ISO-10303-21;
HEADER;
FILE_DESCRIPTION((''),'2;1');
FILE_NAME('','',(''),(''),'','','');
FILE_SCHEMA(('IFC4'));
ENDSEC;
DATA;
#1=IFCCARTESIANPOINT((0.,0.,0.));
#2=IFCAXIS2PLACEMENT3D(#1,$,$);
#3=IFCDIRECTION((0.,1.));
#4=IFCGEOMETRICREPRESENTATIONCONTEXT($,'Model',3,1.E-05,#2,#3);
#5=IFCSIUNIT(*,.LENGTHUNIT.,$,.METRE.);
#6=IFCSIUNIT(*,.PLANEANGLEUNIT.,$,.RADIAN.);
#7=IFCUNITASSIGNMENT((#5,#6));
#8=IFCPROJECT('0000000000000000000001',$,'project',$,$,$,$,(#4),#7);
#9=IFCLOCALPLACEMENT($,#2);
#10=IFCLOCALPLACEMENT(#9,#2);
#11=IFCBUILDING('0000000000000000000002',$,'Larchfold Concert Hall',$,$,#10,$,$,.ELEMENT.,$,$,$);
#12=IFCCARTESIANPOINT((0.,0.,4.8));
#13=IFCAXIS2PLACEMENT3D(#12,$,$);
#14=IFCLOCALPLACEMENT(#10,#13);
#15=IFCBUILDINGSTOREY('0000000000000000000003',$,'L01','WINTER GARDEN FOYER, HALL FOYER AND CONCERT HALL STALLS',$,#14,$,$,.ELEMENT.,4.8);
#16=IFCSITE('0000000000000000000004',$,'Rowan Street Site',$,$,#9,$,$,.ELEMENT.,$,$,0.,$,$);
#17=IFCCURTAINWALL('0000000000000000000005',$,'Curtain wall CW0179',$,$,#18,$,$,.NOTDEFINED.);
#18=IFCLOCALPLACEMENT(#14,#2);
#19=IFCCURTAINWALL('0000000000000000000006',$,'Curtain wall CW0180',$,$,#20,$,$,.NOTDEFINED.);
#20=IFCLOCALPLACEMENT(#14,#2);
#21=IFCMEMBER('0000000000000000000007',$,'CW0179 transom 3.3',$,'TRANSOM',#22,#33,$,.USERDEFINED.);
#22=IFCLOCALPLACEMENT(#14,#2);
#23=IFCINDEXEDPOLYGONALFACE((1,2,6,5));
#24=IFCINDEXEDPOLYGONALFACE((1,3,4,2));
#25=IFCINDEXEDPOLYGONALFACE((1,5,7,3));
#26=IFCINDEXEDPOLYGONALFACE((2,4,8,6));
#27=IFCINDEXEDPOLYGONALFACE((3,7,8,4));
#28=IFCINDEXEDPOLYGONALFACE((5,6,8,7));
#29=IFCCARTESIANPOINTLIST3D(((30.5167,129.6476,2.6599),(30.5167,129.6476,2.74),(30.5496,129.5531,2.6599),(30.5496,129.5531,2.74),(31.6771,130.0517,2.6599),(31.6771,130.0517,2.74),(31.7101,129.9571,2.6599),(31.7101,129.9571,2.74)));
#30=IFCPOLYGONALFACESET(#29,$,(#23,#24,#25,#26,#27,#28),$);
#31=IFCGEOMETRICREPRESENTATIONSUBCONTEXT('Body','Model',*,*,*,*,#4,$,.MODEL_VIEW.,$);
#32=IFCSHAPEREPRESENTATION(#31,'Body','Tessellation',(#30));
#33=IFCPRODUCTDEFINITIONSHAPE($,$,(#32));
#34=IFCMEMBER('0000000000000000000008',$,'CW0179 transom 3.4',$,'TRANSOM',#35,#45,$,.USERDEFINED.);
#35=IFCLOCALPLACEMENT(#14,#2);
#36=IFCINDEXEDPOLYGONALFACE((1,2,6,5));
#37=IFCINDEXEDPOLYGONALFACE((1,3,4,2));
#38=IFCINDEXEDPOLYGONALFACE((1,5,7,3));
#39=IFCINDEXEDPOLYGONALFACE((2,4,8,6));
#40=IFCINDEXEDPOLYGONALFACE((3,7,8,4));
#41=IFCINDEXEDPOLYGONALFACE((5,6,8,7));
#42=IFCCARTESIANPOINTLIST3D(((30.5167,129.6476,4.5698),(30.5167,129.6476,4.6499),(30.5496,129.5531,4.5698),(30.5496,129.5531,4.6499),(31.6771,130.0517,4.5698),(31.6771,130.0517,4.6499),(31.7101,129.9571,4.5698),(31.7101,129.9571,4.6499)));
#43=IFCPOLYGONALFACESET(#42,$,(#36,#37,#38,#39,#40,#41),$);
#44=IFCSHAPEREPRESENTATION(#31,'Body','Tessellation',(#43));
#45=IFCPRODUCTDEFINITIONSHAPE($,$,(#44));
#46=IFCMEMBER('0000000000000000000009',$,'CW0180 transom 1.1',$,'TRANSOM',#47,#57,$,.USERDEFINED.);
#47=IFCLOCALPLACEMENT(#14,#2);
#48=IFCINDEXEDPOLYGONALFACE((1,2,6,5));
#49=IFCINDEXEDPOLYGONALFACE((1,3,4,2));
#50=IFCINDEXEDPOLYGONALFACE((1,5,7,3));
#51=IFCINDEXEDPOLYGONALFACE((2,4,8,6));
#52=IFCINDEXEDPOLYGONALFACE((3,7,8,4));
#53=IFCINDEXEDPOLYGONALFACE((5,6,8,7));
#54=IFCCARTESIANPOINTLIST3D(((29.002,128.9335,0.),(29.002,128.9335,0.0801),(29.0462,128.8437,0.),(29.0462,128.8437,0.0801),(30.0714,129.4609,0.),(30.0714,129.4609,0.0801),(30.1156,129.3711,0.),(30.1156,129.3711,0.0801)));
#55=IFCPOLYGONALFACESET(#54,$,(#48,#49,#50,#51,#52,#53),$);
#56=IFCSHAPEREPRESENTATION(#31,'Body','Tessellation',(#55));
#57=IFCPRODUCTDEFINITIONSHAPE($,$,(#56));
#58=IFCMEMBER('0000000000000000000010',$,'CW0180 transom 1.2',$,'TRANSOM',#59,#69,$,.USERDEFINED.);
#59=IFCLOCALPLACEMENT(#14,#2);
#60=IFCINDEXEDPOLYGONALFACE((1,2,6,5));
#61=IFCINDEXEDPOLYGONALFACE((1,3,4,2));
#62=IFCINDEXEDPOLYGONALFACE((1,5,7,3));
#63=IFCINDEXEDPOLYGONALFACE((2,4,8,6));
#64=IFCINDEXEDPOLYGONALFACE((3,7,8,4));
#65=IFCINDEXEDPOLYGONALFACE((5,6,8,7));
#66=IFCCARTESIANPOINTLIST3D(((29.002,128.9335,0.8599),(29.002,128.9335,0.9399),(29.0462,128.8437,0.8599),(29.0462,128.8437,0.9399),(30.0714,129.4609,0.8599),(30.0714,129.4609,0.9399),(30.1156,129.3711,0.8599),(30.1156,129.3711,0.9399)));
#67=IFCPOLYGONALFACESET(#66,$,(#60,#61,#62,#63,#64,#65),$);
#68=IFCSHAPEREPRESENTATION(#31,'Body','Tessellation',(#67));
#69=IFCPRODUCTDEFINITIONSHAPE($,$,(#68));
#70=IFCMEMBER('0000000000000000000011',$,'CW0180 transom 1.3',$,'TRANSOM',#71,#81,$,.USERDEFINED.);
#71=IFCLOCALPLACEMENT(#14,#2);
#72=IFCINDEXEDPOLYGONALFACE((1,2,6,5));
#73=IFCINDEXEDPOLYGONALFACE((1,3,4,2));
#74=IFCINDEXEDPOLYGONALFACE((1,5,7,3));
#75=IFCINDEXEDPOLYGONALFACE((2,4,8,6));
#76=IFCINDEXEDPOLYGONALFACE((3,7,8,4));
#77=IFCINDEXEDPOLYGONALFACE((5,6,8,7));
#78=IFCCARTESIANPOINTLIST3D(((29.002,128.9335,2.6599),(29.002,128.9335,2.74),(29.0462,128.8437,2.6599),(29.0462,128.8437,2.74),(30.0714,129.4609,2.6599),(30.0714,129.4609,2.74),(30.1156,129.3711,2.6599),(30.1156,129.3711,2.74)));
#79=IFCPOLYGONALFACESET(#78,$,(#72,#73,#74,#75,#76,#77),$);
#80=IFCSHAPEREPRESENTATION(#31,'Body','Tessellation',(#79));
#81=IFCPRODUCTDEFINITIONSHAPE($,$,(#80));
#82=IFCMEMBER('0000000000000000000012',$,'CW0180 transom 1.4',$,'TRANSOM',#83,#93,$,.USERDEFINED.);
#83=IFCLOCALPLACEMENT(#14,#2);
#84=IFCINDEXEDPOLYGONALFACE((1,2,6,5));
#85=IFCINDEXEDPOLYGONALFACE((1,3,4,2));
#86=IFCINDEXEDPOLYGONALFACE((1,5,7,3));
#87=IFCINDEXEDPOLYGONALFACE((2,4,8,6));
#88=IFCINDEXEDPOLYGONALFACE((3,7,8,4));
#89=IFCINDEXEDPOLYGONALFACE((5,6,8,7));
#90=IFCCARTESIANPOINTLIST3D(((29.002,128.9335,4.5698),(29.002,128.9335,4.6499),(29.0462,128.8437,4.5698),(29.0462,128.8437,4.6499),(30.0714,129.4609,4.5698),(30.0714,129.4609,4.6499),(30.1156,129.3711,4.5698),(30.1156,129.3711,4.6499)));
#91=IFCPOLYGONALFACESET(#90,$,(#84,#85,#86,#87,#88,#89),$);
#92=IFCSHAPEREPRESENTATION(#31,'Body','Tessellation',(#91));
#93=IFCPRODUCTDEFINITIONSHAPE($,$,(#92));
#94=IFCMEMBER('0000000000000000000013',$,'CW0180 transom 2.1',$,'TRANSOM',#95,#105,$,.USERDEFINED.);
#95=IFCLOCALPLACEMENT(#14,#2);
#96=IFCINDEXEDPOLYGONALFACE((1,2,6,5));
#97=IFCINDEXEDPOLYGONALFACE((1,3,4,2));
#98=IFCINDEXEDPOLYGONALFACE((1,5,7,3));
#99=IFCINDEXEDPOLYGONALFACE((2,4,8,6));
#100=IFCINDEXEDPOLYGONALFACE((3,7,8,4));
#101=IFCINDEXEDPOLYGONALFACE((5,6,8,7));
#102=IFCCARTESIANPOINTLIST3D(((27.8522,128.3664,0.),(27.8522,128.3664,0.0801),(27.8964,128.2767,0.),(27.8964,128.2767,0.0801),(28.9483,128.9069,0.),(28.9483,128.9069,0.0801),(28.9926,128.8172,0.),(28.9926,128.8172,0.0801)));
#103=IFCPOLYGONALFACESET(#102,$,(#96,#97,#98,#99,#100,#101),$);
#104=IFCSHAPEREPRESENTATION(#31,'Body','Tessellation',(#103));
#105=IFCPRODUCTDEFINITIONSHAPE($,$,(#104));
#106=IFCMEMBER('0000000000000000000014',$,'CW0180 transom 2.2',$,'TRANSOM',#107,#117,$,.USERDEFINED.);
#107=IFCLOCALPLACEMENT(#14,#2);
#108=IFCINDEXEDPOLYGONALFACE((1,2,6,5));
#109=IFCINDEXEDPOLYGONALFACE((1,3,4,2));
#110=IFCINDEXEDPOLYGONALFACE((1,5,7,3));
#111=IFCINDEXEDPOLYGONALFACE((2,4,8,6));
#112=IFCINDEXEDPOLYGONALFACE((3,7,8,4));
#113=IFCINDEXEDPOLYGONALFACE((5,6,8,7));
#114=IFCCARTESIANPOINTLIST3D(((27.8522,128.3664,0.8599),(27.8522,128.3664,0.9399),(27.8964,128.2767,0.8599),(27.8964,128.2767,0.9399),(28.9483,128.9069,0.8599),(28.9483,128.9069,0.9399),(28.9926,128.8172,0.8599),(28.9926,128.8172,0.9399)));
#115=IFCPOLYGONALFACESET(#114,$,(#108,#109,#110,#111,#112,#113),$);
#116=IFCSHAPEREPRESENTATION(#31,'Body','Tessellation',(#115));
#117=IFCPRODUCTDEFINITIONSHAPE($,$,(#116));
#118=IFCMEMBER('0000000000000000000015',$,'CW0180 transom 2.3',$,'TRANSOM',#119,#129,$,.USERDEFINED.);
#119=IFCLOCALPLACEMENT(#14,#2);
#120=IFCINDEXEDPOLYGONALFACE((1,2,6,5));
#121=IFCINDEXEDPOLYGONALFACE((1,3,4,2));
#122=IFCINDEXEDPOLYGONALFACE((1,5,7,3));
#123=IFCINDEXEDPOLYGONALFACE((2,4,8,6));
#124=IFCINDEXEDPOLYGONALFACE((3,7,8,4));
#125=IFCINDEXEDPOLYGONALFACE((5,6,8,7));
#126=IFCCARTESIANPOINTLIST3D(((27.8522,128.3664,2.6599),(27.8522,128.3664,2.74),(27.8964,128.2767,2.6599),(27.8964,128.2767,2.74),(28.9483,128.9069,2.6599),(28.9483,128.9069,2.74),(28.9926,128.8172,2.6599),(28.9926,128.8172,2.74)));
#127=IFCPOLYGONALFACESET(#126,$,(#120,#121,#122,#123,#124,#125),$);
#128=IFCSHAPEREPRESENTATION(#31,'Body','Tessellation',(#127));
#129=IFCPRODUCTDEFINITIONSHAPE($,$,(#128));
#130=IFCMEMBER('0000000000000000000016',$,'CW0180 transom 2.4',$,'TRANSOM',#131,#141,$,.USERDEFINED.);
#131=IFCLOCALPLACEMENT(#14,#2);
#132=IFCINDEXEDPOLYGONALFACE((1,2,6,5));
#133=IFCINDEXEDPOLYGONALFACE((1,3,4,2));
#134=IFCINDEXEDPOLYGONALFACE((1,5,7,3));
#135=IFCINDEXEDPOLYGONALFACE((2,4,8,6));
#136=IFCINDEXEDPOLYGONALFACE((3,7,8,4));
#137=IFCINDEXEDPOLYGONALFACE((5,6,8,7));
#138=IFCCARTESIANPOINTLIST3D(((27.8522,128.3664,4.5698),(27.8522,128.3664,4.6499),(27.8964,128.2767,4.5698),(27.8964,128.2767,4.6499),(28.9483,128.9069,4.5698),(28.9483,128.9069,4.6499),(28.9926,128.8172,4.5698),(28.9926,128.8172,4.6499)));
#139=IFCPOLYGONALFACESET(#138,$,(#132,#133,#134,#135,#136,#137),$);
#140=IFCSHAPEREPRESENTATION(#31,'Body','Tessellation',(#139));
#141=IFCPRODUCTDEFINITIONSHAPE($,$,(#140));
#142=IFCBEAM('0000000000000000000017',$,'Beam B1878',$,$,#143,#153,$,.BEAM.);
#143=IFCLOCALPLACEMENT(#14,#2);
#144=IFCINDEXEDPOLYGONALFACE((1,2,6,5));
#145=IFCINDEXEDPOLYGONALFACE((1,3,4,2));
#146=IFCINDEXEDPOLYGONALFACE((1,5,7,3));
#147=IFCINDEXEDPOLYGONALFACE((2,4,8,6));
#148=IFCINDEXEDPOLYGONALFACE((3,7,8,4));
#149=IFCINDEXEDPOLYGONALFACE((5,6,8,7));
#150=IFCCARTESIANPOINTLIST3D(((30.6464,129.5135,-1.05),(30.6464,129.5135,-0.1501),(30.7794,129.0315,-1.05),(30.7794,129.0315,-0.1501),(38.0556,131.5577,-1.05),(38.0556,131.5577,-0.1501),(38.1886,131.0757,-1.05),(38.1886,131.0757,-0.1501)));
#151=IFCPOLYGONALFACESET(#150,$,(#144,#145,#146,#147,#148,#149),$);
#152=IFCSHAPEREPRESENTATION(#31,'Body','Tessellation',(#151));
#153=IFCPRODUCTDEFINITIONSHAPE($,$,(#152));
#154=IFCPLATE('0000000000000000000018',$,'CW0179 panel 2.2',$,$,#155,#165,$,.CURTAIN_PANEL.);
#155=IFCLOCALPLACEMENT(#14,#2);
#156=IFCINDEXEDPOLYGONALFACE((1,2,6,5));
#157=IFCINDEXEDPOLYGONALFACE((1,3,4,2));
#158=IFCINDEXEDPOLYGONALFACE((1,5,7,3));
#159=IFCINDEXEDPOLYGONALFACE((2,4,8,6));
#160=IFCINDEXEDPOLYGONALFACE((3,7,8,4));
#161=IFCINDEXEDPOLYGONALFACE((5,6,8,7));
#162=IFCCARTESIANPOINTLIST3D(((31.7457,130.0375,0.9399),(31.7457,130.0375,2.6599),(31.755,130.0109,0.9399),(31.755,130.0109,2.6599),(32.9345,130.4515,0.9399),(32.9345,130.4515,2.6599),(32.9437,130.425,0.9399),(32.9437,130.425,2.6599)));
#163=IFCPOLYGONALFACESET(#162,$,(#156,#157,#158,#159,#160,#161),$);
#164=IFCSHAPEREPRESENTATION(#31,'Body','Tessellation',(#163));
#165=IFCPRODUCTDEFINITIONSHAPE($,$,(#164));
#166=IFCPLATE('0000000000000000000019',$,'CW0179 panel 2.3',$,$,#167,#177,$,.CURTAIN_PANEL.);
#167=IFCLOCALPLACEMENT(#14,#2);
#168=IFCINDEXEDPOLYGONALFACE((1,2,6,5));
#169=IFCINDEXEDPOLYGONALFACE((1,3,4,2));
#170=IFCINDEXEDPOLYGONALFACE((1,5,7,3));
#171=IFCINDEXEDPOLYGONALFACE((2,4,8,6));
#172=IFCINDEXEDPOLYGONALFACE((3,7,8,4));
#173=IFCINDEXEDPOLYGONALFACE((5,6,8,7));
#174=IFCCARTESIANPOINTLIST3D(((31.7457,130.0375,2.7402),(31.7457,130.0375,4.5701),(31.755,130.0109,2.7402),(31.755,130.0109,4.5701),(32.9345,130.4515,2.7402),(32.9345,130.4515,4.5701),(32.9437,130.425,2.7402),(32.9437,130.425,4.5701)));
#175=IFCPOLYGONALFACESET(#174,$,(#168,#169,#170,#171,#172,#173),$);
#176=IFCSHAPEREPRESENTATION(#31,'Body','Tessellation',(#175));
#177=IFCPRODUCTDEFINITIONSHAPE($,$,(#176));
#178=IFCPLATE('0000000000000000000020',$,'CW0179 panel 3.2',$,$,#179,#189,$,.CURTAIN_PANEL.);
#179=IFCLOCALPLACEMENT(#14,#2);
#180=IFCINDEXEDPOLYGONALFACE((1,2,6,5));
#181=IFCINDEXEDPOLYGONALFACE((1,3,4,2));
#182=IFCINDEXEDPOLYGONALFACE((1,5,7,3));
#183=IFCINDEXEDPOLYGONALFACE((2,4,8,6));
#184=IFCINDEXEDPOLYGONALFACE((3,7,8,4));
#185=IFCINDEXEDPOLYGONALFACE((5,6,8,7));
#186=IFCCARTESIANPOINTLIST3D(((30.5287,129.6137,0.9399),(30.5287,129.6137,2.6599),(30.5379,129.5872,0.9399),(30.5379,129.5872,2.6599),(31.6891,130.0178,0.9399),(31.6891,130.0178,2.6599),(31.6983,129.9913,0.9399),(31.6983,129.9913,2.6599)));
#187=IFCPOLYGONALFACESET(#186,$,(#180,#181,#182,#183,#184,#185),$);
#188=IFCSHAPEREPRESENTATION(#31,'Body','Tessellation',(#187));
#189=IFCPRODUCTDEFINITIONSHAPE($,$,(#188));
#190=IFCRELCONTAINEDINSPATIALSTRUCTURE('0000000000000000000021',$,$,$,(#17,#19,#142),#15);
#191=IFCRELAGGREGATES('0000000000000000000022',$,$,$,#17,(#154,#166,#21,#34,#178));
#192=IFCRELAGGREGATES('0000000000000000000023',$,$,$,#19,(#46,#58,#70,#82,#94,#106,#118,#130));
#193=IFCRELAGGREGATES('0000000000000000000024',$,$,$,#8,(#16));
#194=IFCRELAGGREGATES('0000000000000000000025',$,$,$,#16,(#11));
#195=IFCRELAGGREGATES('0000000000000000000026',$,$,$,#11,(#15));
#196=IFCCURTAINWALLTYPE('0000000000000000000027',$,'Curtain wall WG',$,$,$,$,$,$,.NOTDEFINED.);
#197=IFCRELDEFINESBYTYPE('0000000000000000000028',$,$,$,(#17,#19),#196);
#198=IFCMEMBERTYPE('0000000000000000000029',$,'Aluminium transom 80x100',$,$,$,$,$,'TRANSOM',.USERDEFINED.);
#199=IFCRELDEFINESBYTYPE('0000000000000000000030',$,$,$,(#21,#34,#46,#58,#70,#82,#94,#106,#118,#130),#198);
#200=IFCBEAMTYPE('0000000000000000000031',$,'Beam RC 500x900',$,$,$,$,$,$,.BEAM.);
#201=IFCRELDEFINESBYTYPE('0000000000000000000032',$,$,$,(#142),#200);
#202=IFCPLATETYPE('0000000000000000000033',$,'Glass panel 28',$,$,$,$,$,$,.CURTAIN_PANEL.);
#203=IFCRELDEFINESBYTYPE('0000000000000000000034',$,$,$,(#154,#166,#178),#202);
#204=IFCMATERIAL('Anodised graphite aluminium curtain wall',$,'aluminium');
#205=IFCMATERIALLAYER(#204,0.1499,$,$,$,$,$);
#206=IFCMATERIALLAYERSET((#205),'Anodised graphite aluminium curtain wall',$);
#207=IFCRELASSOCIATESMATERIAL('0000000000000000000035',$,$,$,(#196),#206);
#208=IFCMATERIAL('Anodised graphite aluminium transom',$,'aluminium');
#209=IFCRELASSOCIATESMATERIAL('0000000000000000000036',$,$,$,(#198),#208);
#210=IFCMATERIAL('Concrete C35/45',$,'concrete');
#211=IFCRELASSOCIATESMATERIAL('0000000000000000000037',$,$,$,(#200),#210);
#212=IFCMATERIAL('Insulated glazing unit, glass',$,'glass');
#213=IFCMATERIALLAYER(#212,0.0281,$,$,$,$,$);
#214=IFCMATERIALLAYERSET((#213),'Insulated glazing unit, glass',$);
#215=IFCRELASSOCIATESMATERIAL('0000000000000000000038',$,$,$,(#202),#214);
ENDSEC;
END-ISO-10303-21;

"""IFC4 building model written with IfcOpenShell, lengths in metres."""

from ifc_helpers import new_model, si_unit, direction, frame, origin, origin_2d, place, context, subcontext, project, spatial, rectangle, extrude, material, layer, layer_set, material_profile, profile_set, type_object, element, aggregate, save


model = new_model("IFC4")

# Units and contexts
model_context = context("Model", 3, precision=1e-05, world=origin(), true_north=direction((0.0, 1.0)))
body_context = subcontext(model_context, "Body", "Model", "MODEL_VIEW")
ifc_project = project(units=[si_unit("LENGTHUNIT", "METRE"), si_unit("PLANEANGLEUNIT", "RADIAN")], contexts=[model_context])

# Site, building, storey
site_placement = place(None, origin())
site = spatial("IfcSite", under=ifc_project, at=site_placement, Name="Rowan Street Site", CompositionType="ELEMENT", RefElevation=0.0)
building_placement = place(site_placement, origin())
building = spatial("IfcBuilding", under=site, at=building_placement, Name="Larchfold Concert Hall", CompositionType="ELEMENT")
storey_placement = place(building_placement, frame((0.0, 0.0, 4.8)))
storey = spatial("IfcBuildingStorey", under=building, at=storey_placement, Name="L01", Description="WINTER GARDEN FOYER, HALL FOYER AND CONCERT HALL STALLS", CompositionType="ELEMENT", Elevation=4.8)

# Curtain walls
ifc_material_1 = material(Name="Anodised graphite aluminium curtain wall", Category="aluminium")
ifc_layer_1 = layer(ifc_material_1, 0.1499)
ifc_layer_set_1 = layer_set([ifc_layer_1], Name="Anodised graphite aluminium curtain wall")
curtain_wall_type = type_object("IfcCurtainWallType", Name="Curtain wall WG", PredefinedType="NOTDEFINED", material=ifc_layer_set_1)
curtain_wall_1_placement = place(storey_placement, origin())
curtain_wall_1 = element("IfcCurtainWall", 1, at=curtain_wall_1_placement, inside=storey, type_object=curtain_wall_type, Name="Curtain wall CW0179", PredefinedType="NOTDEFINED")
curtain_wall_2_placement = place(storey_placement, origin())
curtain_wall_2 = element("IfcCurtainWall", 2, at=curtain_wall_2_placement, inside=storey, type_object=curtain_wall_type, Name="Curtain wall CW0180", PredefinedType="NOTDEFINED")

# Members
ifc_material_2 = material(Name="Anodised graphite aluminium transom", Category="aluminium")
ifc_material_profile_1 = material_profile(ifc_material_2, rectangle(XDim=0.1001, YDim=0.0801, at=origin_2d()))
ifc_profile_set_1 = profile_set([ifc_material_profile_1], Name="Anodised graphite aluminium transom")
member_type_1 = type_object("IfcMemberType", Name="Aluminium transom 80x100", ElementType="TRANSOM", PredefinedType="USERDEFINED", material=ifc_profile_set_1)
member_1_placement = place(storey_placement, frame((31.6936, 130.0044, 2.7), z_axis=(-0.944387, -0.328837, 0.0), x_axis=(0.328837, -0.944387, 0.0)))
member_1 = element("IfcMember", 3, at=member_1_placement, type_object=member_type_1, Name="CW0179 transom 3.3", ObjectType="TRANSOM", PredefinedType="USERDEFINED", context=body_context, shape_type="SweptSolid", body=[
    extrude(rectangle(XDim=0.1001, YDim=0.0801, at=origin_2d()), origin(), (0.0, 0.0, 1.0), 1.2288),
])
member_2_placement = place(storey_placement, frame((31.6936, 130.0044, 4.6099), z_axis=(-0.944387, -0.328837, 0.0), x_axis=(0.328837, -0.944387, 0.0)))
member_2 = element("IfcMember", 4, at=member_2_placement, type_object=member_type_1, Name="CW0179 transom 3.4", ObjectType="TRANSOM", PredefinedType="USERDEFINED", context=body_context, shape_type="SweptSolid", body=[
    extrude(rectangle(XDim=0.1001, YDim=0.0801, at=origin_2d()), origin(), (0.0, 0.0, 1.0), 1.2288),
])
member_3_placement = place(storey_placement, frame((30.0935, 129.416, 0.04), z_axis=(-0.896871, -0.442292, 0.0), x_axis=(0.442292, -0.896871, 0.0)))
member_3 = element("IfcMember", 5, at=member_3_placement, type_object=member_type_1, Name="CW0180 transom 1.1", ObjectType="TRANSOM", PredefinedType="USERDEFINED", context=body_context, shape_type="SweptSolid", body=[
    extrude(rectangle(XDim=0.1001, YDim=0.0801, at=origin_2d()), origin(), (0.0, 0.0, 1.0), 1.1924),
])
member_4_placement = place(storey_placement, frame((30.0935, 129.416, 0.8999), z_axis=(-0.896871, -0.442292, 0.0), x_axis=(0.442292, -0.896871, 0.0)))
member_4 = element("IfcMember", 6, at=member_4_placement, type_object=member_type_1, Name="CW0180 transom 1.2", ObjectType="TRANSOM", PredefinedType="USERDEFINED", context=body_context, shape_type="SweptSolid", body=[
    extrude(rectangle(XDim=0.1001, YDim=0.0801, at=origin_2d()), origin(), (0.0, 0.0, 1.0), 1.1924),
])
member_5_placement = place(storey_placement, frame((30.0935, 129.416, 2.7), z_axis=(-0.896871, -0.442292, 0.0), x_axis=(0.442292, -0.896871, 0.0)))
member_5 = element("IfcMember", 7, at=member_5_placement, type_object=member_type_1, Name="CW0180 transom 1.3", ObjectType="TRANSOM", PredefinedType="USERDEFINED", context=body_context, shape_type="SweptSolid", body=[
    extrude(rectangle(XDim=0.1001, YDim=0.0801, at=origin_2d()), origin(), (0.0, 0.0, 1.0), 1.1924),
])
member_6_placement = place(storey_placement, frame((30.0935, 129.416, 4.6099), z_axis=(-0.896871, -0.442292, 0.0), x_axis=(0.442292, -0.896871, 0.0)))
member_6 = element("IfcMember", 8, at=member_6_placement, type_object=member_type_1, Name="CW0180 transom 1.4", ObjectType="TRANSOM", PredefinedType="USERDEFINED", context=body_context, shape_type="SweptSolid", body=[
    extrude(rectangle(XDim=0.1001, YDim=0.0801, at=origin_2d()), origin(), (0.0, 0.0, 1.0), 1.1924),
])
member_7_placement = place(storey_placement, frame((28.9705, 128.8621, 0.04), z_axis=(-0.89689, -0.442253, 0.0), x_axis=(0.442253, -0.89689, 0.0)))
member_7 = element("IfcMember", 9, at=member_7_placement, type_object=member_type_1, Name="CW0180 transom 2.1", ObjectType="TRANSOM", PredefinedType="USERDEFINED", context=body_context, shape_type="SweptSolid", body=[
    extrude(rectangle(XDim=0.1001, YDim=0.0801, at=origin_2d()), origin(), (0.0, 0.0, 1.0), 1.2222),
])
member_8_placement = place(storey_placement, frame((28.9705, 128.8621, 0.8999), z_axis=(-0.89689, -0.442253, 0.0), x_axis=(0.442253, -0.89689, 0.0)))
member_8 = element("IfcMember", 10, at=member_8_placement, type_object=member_type_1, Name="CW0180 transom 2.2", ObjectType="TRANSOM", PredefinedType="USERDEFINED", context=body_context, shape_type="SweptSolid", body=[
    extrude(rectangle(XDim=0.1001, YDim=0.0801, at=origin_2d()), origin(), (0.0, 0.0, 1.0), 1.2222),
])
member_9_placement = place(storey_placement, frame((28.9705, 128.8621, 2.7), z_axis=(-0.89689, -0.442253, 0.0), x_axis=(0.442253, -0.89689, 0.0)))
member_9 = element("IfcMember", 11, at=member_9_placement, type_object=member_type_1, Name="CW0180 transom 2.3", ObjectType="TRANSOM", PredefinedType="USERDEFINED", context=body_context, shape_type="SweptSolid", body=[
    extrude(rectangle(XDim=0.1001, YDim=0.0801, at=origin_2d()), origin(), (0.0, 0.0, 1.0), 1.2222),
])
member_10_placement = place(storey_placement, frame((28.9705, 128.8621, 4.6099), z_axis=(-0.89689, -0.442253, 0.0), x_axis=(0.442253, -0.89689, 0.0)))
member_10 = element("IfcMember", 12, at=member_10_placement, type_object=member_type_1, Name="CW0180 transom 2.4", ObjectType="TRANSOM", PredefinedType="USERDEFINED", context=body_context, shape_type="SweptSolid", body=[
    extrude(rectangle(XDim=0.1001, YDim=0.0801, at=origin_2d()), origin(), (0.0, 0.0, 1.0), 1.2222),
])

# Beam
ifc_material_3 = material(Name="Concrete C35/45", Category="concrete")
ifc_material_profile_2 = material_profile(ifc_material_3, rectangle(XDim=0.5, YDim=0.8999, at=origin_2d()))
ifc_profile_set_2 = profile_set([ifc_material_profile_2], Name="Concrete C35/45")
beam_type = type_object("IfcBeamType", Name="Beam RC 500x900", PredefinedType="BEAM", material=ifc_profile_set_2)
beam_placement = place(storey_placement, frame((30.7129, 129.2725, -0.6001), z_axis=(0.963983, 0.265963, 0.0), x_axis=(-0.265963, 0.963983, 0.0)))
element("IfcBeam", 13, at=beam_placement, inside=storey, type_object=beam_type, Name="Beam B1878", PredefinedType="BEAM", context=body_context, shape_type="SweptSolid", body=[
    extrude(rectangle(XDim=0.5, YDim=0.8999, at=origin_2d()), origin(), (0.0, 0.0, 1.0), 7.686),
])

# Plates
ifc_material_4 = material(Name="Insulated glazing unit, glass", Category="glass")
ifc_layer_2 = layer(ifc_material_4, 0.0281)
ifc_layer_set_2 = layer_set([ifc_layer_2], Name="Insulated glazing unit, glass")
plate_type_1 = type_object("IfcPlateType", Name="Glass panel 28", PredefinedType="CURTAIN_PANEL", material=ifc_layer_set_2)
plate_1_placement = place(storey_placement, frame((32.3447, 130.2312, 0.9399), z_axis=(0.0, 0.0, 1.0), x_axis=(-0.944365, -0.328899, 0.0)))
plate_1 = element("IfcPlate", 14, at=plate_1_placement, type_object=plate_type_1, Name="CW0179 panel 2.2", PredefinedType="CURTAIN_PANEL", context=body_context, shape_type="SweptSolid", body=[
    extrude(rectangle(XDim=1.2588, YDim=0.0281, at=origin_2d()), origin(), (0.0, 0.0, 1.0), 1.72),
])
plate_2_placement = place(storey_placement, frame((32.3447, 130.2312, 2.7402), z_axis=(0.0, 0.0, 1.0), x_axis=(-0.944365, -0.328899, 0.0)))
plate_2 = element("IfcPlate", 15, at=plate_2_placement, type_object=plate_type_1, Name="CW0179 panel 2.3", PredefinedType="CURTAIN_PANEL", context=body_context, shape_type="SweptSolid", body=[
    extrude(rectangle(XDim=1.2588, YDim=0.0281, at=origin_2d()), origin(), (0.0, 0.0, 1.0), 1.8298),
])
plate_3_placement = place(storey_placement, frame((31.1135, 129.8025, 0.9399), z_axis=(0.0, 0.0, 1.0), x_axis=(-0.944365, -0.328899, 0.0)))
plate_3 = element("IfcPlate", 16, at=plate_3_placement, type_object=plate_type_1, Name="CW0179 panel 3.2", PredefinedType="CURTAIN_PANEL", context=body_context, shape_type="SweptSolid", body=[
    extrude(rectangle(XDim=1.2288, YDim=0.0281, at=origin_2d()), origin(), (0.0, 0.0, 1.0), 1.72),
])
aggregate(curtain_wall_1, [plate_1, plate_2, member_1, member_2, plate_3])
aggregate(curtain_wall_2, [member_3, member_4, member_5, member_6, member_7, member_8, member_9, member_10])

save(model, "model.ifc")
